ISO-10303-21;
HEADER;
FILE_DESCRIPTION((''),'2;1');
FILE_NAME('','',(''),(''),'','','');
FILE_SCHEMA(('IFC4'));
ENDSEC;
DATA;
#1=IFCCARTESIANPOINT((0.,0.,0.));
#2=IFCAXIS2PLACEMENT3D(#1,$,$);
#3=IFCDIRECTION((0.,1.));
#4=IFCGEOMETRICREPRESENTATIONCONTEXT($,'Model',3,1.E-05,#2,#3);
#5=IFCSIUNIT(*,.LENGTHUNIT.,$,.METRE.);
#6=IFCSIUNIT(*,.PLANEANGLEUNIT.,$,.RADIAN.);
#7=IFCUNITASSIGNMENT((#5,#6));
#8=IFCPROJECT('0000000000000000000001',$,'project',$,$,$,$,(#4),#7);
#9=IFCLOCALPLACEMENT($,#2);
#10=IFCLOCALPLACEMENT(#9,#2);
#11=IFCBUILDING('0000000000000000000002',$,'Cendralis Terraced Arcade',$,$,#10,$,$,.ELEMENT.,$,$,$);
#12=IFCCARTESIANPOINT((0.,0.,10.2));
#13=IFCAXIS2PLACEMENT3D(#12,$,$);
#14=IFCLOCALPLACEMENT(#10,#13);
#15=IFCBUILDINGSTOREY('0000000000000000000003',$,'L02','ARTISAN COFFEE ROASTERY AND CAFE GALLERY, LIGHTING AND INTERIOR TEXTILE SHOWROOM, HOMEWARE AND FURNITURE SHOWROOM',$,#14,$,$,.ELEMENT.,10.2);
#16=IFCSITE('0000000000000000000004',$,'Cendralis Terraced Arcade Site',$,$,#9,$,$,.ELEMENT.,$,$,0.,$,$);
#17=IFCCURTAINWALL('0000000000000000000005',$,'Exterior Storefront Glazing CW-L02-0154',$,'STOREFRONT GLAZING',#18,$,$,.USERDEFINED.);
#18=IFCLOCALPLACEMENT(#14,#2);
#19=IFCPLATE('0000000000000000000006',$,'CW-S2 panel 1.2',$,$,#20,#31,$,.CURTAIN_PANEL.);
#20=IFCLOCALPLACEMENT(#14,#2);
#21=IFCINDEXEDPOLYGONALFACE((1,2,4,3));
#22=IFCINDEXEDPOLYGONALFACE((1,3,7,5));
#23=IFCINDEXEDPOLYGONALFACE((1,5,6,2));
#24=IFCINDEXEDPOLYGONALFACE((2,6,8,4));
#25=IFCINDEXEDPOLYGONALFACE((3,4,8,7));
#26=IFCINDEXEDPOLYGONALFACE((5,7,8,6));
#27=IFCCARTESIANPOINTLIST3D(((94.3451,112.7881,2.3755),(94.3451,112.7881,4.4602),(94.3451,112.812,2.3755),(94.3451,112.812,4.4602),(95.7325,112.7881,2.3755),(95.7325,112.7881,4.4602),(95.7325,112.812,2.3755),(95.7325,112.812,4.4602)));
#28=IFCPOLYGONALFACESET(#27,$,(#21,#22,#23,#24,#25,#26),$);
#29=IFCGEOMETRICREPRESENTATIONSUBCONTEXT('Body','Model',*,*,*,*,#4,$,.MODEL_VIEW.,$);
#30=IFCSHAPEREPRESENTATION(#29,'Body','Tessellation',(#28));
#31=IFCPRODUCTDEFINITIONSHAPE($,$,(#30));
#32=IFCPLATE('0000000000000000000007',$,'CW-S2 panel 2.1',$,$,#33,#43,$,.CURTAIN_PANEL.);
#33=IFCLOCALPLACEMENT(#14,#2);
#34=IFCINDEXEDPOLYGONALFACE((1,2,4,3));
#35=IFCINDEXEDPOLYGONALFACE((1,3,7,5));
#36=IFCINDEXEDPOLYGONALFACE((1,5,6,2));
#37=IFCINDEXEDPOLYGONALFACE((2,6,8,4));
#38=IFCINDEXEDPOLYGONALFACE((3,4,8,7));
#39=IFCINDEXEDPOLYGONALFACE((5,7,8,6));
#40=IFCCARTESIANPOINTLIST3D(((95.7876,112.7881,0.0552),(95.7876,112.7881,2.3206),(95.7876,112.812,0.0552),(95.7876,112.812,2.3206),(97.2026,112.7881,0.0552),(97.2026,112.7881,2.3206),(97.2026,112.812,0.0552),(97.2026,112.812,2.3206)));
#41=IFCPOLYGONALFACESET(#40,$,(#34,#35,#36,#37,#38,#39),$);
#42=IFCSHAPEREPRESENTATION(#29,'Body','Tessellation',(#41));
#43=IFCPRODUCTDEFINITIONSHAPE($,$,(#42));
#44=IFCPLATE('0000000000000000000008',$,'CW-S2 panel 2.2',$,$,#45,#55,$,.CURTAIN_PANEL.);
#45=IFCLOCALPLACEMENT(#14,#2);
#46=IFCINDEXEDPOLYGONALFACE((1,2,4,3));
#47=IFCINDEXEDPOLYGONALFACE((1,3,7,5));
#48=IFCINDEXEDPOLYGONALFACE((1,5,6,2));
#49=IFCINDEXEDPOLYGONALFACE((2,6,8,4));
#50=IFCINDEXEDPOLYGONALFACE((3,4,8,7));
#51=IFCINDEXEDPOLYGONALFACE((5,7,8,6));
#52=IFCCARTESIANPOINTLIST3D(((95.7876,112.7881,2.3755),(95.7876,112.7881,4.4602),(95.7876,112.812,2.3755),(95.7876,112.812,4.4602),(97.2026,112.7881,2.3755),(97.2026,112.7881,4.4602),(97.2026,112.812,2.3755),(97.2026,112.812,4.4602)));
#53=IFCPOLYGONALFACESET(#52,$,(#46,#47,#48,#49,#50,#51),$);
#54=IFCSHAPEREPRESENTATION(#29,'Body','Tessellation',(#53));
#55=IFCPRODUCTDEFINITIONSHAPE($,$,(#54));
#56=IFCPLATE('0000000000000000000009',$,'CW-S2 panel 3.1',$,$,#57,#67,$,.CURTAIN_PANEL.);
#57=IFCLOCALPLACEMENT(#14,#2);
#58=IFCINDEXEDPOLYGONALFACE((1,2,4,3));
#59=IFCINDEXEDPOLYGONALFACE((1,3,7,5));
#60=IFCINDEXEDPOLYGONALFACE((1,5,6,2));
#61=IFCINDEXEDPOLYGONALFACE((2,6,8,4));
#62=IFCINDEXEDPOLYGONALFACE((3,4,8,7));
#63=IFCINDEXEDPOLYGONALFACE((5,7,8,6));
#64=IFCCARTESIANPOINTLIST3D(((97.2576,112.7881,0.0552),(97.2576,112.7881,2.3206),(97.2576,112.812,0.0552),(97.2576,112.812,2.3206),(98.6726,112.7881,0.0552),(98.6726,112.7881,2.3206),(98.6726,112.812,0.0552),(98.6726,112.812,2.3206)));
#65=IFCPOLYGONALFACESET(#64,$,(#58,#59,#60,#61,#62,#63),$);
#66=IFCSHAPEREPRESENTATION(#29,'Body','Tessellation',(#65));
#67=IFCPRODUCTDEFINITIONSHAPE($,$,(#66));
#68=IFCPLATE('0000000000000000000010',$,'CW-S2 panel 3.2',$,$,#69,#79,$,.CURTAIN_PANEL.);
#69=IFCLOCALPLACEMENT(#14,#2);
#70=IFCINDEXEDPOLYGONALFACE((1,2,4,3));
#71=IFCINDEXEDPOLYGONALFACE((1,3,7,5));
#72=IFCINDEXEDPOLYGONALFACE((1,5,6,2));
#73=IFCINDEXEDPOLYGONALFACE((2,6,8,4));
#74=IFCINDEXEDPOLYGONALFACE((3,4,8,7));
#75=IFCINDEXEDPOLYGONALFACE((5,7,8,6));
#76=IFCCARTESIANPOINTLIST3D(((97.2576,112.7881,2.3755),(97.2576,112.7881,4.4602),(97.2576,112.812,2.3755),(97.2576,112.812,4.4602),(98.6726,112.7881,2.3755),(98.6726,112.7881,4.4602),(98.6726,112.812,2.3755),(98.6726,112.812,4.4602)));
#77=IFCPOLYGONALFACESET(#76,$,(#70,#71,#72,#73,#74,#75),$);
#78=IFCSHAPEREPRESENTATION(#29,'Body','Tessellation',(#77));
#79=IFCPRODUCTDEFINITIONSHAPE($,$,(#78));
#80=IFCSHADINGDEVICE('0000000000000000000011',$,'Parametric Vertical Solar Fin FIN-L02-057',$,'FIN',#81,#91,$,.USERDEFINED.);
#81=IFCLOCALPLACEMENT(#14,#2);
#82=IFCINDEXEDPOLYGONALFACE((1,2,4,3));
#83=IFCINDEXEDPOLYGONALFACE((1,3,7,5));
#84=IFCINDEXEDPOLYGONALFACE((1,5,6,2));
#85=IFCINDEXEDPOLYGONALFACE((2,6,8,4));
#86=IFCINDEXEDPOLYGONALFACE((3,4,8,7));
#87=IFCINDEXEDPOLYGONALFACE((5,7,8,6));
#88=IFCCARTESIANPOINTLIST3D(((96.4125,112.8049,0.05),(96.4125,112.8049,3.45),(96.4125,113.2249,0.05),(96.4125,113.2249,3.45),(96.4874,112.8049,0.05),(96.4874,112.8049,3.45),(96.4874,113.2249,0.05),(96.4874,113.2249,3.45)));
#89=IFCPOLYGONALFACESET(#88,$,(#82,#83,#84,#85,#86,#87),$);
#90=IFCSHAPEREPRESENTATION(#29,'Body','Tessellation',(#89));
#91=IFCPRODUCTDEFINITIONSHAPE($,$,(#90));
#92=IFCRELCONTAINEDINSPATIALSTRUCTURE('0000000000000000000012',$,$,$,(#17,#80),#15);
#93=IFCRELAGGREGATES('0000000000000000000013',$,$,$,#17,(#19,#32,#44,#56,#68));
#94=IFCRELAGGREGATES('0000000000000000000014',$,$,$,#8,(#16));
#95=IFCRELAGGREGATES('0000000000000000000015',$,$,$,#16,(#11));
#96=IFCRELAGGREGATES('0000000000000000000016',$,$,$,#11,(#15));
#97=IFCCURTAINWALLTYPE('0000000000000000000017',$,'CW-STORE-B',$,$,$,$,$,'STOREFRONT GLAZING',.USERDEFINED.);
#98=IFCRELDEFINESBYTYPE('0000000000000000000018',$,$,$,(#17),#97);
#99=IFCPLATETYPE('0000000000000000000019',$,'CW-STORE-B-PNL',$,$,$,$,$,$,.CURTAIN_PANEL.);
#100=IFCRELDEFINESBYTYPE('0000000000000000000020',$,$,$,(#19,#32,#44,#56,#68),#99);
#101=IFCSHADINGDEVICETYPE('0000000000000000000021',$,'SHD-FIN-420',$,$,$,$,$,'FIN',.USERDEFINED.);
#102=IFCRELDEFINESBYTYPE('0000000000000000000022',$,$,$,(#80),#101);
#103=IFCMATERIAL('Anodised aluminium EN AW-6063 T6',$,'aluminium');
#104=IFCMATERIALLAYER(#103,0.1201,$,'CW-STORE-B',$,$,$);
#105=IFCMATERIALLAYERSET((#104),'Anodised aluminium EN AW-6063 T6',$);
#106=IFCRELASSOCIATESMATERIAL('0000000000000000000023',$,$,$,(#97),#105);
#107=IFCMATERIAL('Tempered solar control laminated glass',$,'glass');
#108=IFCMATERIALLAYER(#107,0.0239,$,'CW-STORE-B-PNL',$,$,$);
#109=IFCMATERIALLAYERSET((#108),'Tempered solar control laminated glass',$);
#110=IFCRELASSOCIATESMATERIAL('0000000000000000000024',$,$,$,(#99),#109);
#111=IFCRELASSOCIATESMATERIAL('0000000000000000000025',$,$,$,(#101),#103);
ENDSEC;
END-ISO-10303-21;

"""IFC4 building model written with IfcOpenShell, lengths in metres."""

from ifc_helpers import new_model, si_unit, direction, frame, origin, origin_2d, place, context, subcontext, project, spatial, rectangle, extrude, material, layer, layer_set, type_object, element, aggregate, save


model = new_model("IFC4")

# Units and contexts
model_context = context("Model", 3, precision=1e-05, world=origin(), true_north=direction((0.0, 1.0)))
body_context = subcontext(model_context, "Body", "Model", "MODEL_VIEW")
ifc_project = project(units=[si_unit("LENGTHUNIT", "METRE"), si_unit("PLANEANGLEUNIT", "RADIAN")], contexts=[model_context])

# Site, building, storey
site_placement = place(None, origin())
site = spatial("IfcSite", under=ifc_project, at=site_placement, Name="Cendralis Terraced Arcade Site", CompositionType="ELEMENT", RefElevation=0.0)
building_placement = place(site_placement, origin())
building = spatial("IfcBuilding", under=site, at=building_placement, Name="Cendralis Terraced Arcade", CompositionType="ELEMENT")
storey_placement = place(building_placement, frame((0.0, 0.0, 10.2)))
storey = spatial("IfcBuildingStorey", under=building, at=storey_placement, Name="L02", Description="ARTISAN COFFEE ROASTERY AND CAFE GALLERY, LIGHTING AND INTERIOR TEXTILE SHOWROOM, HOMEWARE AND FURNITURE SHOWROOM", CompositionType="ELEMENT", Elevation=10.2)

# Curtain wall, plates
ifc_material_1 = material(Name="Anodised aluminium EN AW-6063 T6", Category="aluminium")
ifc_layer_1 = layer(ifc_material_1, 0.1201, Name="CW-STORE-B")
ifc_layer_set_1 = layer_set([ifc_layer_1], Name="Anodised aluminium EN AW-6063 T6")
curtain_wall_type = type_object("IfcCurtainWallType", Name="CW-STORE-B", ElementType="STOREFRONT GLAZING", PredefinedType="USERDEFINED", material=ifc_layer_set_1)
curtain_wall_placement = place(storey_placement, origin())
curtain_wall = element("IfcCurtainWall", 1, at=curtain_wall_placement, inside=storey, type_object=curtain_wall_type, Name="Exterior Storefront Glazing CW-L02-0154", ObjectType="STOREFRONT GLAZING", PredefinedType="USERDEFINED")
ifc_material_2 = material(Name="Tempered solar control laminated glass", Category="glass")
ifc_layer_2 = layer(ifc_material_2, 0.0239, Name="CW-STORE-B-PNL")
ifc_layer_set_2 = layer_set([ifc_layer_2], Name="Tempered solar control laminated glass")
plate_type = type_object("IfcPlateType", Name="CW-STORE-B-PNL", PredefinedType="CURTAIN_PANEL", material=ifc_layer_set_2)
plate_1_placement = place(storey_placement, frame((95.0388, 112.8, 2.3755), z_axis=(0.0, 0.0, 1.0), x_axis=(1.0, 0.0, 0.0)))
plate_1 = element("IfcPlate", 2, at=plate_1_placement, type_object=plate_type, Name="CW-S2 panel 1.2", PredefinedType="CURTAIN_PANEL", context=body_context, shape_type="SweptSolid", body=[
    extrude(rectangle(XDim=1.3875, YDim=0.0239, at=origin_2d()), origin(), (0.0, 0.0, 1.0), 2.0847),
])
plate_2_placement = place(storey_placement, frame((96.4951, 112.8, 0.0552), z_axis=(0.0, 0.0, 1.0), x_axis=(1.0, 0.0, 0.0)))
plate_2 = element("IfcPlate", 3, at=plate_2_placement, type_object=plate_type, Name="CW-S2 panel 2.1", PredefinedType="CURTAIN_PANEL", context=body_context, shape_type="SweptSolid", body=[
    extrude(rectangle(XDim=1.415, YDim=0.0239, at=origin_2d()), origin(), (0.0, 0.0, 1.0), 2.2654),
])
plate_3_placement = place(storey_placement, frame((96.4951, 112.8, 2.3755), z_axis=(0.0, 0.0, 1.0), x_axis=(1.0, 0.0, 0.0)))
plate_3 = element("IfcPlate", 4, at=plate_3_placement, type_object=plate_type, Name="CW-S2 panel 2.2", PredefinedType="CURTAIN_PANEL", context=body_context, shape_type="SweptSolid", body=[
    extrude(rectangle(XDim=1.415, YDim=0.0239, at=origin_2d()), origin(), (0.0, 0.0, 1.0), 2.0847),
])
plate_4_placement = place(storey_placement, frame((97.9651, 112.8, 0.0552), z_axis=(0.0, 0.0, 1.0), x_axis=(1.0, 0.0, 0.0)))
plate_4 = element("IfcPlate", 5, at=plate_4_placement, type_object=plate_type, Name="CW-S2 panel 3.1", PredefinedType="CURTAIN_PANEL", context=body_context, shape_type="SweptSolid", body=[
    extrude(rectangle(XDim=1.415, YDim=0.0239, at=origin_2d()), origin(), (0.0, 0.0, 1.0), 2.2654),
])
plate_5_placement = place(storey_placement, frame((97.9651, 112.8, 2.3755), z_axis=(0.0, 0.0, 1.0), x_axis=(1.0, 0.0, 0.0)))
plate_5 = element("IfcPlate", 6, at=plate_5_placement, type_object=plate_type, Name="CW-S2 panel 3.2", PredefinedType="CURTAIN_PANEL", context=body_context, shape_type="SweptSolid", body=[
    extrude(rectangle(XDim=1.415, YDim=0.0239, at=origin_2d()), origin(), (0.0, 0.0, 1.0), 2.0847),
])
aggregate(curtain_wall, [plate_1, plate_2, plate_3, plate_4, plate_5])

# Shading device
shading_device_type = type_object("IfcShadingDeviceType", Name="SHD-FIN-420", ElementType="FIN", PredefinedType="USERDEFINED", material=ifc_material_1)
shading_device_placement = place(storey_placement, frame((96.45, 113.0149, 0.05), z_axis=(0.0, 0.0, 1.0), x_axis=(1.0, 0.0, 0.0)))
element("IfcShadingDevice", 7, at=shading_device_placement, inside=storey, type_object=shading_device_type, Name="Parametric Vertical Solar Fin FIN-L02-057", ObjectType="FIN", PredefinedType="USERDEFINED", context=body_context, shape_type="SweptSolid", body=[
    extrude(rectangle(XDim=0.075, YDim=0.4199, at=origin_2d()), origin(), (0.0, 0.0, 1.0), 3.3999),
])

save(model, "model.ifc")
